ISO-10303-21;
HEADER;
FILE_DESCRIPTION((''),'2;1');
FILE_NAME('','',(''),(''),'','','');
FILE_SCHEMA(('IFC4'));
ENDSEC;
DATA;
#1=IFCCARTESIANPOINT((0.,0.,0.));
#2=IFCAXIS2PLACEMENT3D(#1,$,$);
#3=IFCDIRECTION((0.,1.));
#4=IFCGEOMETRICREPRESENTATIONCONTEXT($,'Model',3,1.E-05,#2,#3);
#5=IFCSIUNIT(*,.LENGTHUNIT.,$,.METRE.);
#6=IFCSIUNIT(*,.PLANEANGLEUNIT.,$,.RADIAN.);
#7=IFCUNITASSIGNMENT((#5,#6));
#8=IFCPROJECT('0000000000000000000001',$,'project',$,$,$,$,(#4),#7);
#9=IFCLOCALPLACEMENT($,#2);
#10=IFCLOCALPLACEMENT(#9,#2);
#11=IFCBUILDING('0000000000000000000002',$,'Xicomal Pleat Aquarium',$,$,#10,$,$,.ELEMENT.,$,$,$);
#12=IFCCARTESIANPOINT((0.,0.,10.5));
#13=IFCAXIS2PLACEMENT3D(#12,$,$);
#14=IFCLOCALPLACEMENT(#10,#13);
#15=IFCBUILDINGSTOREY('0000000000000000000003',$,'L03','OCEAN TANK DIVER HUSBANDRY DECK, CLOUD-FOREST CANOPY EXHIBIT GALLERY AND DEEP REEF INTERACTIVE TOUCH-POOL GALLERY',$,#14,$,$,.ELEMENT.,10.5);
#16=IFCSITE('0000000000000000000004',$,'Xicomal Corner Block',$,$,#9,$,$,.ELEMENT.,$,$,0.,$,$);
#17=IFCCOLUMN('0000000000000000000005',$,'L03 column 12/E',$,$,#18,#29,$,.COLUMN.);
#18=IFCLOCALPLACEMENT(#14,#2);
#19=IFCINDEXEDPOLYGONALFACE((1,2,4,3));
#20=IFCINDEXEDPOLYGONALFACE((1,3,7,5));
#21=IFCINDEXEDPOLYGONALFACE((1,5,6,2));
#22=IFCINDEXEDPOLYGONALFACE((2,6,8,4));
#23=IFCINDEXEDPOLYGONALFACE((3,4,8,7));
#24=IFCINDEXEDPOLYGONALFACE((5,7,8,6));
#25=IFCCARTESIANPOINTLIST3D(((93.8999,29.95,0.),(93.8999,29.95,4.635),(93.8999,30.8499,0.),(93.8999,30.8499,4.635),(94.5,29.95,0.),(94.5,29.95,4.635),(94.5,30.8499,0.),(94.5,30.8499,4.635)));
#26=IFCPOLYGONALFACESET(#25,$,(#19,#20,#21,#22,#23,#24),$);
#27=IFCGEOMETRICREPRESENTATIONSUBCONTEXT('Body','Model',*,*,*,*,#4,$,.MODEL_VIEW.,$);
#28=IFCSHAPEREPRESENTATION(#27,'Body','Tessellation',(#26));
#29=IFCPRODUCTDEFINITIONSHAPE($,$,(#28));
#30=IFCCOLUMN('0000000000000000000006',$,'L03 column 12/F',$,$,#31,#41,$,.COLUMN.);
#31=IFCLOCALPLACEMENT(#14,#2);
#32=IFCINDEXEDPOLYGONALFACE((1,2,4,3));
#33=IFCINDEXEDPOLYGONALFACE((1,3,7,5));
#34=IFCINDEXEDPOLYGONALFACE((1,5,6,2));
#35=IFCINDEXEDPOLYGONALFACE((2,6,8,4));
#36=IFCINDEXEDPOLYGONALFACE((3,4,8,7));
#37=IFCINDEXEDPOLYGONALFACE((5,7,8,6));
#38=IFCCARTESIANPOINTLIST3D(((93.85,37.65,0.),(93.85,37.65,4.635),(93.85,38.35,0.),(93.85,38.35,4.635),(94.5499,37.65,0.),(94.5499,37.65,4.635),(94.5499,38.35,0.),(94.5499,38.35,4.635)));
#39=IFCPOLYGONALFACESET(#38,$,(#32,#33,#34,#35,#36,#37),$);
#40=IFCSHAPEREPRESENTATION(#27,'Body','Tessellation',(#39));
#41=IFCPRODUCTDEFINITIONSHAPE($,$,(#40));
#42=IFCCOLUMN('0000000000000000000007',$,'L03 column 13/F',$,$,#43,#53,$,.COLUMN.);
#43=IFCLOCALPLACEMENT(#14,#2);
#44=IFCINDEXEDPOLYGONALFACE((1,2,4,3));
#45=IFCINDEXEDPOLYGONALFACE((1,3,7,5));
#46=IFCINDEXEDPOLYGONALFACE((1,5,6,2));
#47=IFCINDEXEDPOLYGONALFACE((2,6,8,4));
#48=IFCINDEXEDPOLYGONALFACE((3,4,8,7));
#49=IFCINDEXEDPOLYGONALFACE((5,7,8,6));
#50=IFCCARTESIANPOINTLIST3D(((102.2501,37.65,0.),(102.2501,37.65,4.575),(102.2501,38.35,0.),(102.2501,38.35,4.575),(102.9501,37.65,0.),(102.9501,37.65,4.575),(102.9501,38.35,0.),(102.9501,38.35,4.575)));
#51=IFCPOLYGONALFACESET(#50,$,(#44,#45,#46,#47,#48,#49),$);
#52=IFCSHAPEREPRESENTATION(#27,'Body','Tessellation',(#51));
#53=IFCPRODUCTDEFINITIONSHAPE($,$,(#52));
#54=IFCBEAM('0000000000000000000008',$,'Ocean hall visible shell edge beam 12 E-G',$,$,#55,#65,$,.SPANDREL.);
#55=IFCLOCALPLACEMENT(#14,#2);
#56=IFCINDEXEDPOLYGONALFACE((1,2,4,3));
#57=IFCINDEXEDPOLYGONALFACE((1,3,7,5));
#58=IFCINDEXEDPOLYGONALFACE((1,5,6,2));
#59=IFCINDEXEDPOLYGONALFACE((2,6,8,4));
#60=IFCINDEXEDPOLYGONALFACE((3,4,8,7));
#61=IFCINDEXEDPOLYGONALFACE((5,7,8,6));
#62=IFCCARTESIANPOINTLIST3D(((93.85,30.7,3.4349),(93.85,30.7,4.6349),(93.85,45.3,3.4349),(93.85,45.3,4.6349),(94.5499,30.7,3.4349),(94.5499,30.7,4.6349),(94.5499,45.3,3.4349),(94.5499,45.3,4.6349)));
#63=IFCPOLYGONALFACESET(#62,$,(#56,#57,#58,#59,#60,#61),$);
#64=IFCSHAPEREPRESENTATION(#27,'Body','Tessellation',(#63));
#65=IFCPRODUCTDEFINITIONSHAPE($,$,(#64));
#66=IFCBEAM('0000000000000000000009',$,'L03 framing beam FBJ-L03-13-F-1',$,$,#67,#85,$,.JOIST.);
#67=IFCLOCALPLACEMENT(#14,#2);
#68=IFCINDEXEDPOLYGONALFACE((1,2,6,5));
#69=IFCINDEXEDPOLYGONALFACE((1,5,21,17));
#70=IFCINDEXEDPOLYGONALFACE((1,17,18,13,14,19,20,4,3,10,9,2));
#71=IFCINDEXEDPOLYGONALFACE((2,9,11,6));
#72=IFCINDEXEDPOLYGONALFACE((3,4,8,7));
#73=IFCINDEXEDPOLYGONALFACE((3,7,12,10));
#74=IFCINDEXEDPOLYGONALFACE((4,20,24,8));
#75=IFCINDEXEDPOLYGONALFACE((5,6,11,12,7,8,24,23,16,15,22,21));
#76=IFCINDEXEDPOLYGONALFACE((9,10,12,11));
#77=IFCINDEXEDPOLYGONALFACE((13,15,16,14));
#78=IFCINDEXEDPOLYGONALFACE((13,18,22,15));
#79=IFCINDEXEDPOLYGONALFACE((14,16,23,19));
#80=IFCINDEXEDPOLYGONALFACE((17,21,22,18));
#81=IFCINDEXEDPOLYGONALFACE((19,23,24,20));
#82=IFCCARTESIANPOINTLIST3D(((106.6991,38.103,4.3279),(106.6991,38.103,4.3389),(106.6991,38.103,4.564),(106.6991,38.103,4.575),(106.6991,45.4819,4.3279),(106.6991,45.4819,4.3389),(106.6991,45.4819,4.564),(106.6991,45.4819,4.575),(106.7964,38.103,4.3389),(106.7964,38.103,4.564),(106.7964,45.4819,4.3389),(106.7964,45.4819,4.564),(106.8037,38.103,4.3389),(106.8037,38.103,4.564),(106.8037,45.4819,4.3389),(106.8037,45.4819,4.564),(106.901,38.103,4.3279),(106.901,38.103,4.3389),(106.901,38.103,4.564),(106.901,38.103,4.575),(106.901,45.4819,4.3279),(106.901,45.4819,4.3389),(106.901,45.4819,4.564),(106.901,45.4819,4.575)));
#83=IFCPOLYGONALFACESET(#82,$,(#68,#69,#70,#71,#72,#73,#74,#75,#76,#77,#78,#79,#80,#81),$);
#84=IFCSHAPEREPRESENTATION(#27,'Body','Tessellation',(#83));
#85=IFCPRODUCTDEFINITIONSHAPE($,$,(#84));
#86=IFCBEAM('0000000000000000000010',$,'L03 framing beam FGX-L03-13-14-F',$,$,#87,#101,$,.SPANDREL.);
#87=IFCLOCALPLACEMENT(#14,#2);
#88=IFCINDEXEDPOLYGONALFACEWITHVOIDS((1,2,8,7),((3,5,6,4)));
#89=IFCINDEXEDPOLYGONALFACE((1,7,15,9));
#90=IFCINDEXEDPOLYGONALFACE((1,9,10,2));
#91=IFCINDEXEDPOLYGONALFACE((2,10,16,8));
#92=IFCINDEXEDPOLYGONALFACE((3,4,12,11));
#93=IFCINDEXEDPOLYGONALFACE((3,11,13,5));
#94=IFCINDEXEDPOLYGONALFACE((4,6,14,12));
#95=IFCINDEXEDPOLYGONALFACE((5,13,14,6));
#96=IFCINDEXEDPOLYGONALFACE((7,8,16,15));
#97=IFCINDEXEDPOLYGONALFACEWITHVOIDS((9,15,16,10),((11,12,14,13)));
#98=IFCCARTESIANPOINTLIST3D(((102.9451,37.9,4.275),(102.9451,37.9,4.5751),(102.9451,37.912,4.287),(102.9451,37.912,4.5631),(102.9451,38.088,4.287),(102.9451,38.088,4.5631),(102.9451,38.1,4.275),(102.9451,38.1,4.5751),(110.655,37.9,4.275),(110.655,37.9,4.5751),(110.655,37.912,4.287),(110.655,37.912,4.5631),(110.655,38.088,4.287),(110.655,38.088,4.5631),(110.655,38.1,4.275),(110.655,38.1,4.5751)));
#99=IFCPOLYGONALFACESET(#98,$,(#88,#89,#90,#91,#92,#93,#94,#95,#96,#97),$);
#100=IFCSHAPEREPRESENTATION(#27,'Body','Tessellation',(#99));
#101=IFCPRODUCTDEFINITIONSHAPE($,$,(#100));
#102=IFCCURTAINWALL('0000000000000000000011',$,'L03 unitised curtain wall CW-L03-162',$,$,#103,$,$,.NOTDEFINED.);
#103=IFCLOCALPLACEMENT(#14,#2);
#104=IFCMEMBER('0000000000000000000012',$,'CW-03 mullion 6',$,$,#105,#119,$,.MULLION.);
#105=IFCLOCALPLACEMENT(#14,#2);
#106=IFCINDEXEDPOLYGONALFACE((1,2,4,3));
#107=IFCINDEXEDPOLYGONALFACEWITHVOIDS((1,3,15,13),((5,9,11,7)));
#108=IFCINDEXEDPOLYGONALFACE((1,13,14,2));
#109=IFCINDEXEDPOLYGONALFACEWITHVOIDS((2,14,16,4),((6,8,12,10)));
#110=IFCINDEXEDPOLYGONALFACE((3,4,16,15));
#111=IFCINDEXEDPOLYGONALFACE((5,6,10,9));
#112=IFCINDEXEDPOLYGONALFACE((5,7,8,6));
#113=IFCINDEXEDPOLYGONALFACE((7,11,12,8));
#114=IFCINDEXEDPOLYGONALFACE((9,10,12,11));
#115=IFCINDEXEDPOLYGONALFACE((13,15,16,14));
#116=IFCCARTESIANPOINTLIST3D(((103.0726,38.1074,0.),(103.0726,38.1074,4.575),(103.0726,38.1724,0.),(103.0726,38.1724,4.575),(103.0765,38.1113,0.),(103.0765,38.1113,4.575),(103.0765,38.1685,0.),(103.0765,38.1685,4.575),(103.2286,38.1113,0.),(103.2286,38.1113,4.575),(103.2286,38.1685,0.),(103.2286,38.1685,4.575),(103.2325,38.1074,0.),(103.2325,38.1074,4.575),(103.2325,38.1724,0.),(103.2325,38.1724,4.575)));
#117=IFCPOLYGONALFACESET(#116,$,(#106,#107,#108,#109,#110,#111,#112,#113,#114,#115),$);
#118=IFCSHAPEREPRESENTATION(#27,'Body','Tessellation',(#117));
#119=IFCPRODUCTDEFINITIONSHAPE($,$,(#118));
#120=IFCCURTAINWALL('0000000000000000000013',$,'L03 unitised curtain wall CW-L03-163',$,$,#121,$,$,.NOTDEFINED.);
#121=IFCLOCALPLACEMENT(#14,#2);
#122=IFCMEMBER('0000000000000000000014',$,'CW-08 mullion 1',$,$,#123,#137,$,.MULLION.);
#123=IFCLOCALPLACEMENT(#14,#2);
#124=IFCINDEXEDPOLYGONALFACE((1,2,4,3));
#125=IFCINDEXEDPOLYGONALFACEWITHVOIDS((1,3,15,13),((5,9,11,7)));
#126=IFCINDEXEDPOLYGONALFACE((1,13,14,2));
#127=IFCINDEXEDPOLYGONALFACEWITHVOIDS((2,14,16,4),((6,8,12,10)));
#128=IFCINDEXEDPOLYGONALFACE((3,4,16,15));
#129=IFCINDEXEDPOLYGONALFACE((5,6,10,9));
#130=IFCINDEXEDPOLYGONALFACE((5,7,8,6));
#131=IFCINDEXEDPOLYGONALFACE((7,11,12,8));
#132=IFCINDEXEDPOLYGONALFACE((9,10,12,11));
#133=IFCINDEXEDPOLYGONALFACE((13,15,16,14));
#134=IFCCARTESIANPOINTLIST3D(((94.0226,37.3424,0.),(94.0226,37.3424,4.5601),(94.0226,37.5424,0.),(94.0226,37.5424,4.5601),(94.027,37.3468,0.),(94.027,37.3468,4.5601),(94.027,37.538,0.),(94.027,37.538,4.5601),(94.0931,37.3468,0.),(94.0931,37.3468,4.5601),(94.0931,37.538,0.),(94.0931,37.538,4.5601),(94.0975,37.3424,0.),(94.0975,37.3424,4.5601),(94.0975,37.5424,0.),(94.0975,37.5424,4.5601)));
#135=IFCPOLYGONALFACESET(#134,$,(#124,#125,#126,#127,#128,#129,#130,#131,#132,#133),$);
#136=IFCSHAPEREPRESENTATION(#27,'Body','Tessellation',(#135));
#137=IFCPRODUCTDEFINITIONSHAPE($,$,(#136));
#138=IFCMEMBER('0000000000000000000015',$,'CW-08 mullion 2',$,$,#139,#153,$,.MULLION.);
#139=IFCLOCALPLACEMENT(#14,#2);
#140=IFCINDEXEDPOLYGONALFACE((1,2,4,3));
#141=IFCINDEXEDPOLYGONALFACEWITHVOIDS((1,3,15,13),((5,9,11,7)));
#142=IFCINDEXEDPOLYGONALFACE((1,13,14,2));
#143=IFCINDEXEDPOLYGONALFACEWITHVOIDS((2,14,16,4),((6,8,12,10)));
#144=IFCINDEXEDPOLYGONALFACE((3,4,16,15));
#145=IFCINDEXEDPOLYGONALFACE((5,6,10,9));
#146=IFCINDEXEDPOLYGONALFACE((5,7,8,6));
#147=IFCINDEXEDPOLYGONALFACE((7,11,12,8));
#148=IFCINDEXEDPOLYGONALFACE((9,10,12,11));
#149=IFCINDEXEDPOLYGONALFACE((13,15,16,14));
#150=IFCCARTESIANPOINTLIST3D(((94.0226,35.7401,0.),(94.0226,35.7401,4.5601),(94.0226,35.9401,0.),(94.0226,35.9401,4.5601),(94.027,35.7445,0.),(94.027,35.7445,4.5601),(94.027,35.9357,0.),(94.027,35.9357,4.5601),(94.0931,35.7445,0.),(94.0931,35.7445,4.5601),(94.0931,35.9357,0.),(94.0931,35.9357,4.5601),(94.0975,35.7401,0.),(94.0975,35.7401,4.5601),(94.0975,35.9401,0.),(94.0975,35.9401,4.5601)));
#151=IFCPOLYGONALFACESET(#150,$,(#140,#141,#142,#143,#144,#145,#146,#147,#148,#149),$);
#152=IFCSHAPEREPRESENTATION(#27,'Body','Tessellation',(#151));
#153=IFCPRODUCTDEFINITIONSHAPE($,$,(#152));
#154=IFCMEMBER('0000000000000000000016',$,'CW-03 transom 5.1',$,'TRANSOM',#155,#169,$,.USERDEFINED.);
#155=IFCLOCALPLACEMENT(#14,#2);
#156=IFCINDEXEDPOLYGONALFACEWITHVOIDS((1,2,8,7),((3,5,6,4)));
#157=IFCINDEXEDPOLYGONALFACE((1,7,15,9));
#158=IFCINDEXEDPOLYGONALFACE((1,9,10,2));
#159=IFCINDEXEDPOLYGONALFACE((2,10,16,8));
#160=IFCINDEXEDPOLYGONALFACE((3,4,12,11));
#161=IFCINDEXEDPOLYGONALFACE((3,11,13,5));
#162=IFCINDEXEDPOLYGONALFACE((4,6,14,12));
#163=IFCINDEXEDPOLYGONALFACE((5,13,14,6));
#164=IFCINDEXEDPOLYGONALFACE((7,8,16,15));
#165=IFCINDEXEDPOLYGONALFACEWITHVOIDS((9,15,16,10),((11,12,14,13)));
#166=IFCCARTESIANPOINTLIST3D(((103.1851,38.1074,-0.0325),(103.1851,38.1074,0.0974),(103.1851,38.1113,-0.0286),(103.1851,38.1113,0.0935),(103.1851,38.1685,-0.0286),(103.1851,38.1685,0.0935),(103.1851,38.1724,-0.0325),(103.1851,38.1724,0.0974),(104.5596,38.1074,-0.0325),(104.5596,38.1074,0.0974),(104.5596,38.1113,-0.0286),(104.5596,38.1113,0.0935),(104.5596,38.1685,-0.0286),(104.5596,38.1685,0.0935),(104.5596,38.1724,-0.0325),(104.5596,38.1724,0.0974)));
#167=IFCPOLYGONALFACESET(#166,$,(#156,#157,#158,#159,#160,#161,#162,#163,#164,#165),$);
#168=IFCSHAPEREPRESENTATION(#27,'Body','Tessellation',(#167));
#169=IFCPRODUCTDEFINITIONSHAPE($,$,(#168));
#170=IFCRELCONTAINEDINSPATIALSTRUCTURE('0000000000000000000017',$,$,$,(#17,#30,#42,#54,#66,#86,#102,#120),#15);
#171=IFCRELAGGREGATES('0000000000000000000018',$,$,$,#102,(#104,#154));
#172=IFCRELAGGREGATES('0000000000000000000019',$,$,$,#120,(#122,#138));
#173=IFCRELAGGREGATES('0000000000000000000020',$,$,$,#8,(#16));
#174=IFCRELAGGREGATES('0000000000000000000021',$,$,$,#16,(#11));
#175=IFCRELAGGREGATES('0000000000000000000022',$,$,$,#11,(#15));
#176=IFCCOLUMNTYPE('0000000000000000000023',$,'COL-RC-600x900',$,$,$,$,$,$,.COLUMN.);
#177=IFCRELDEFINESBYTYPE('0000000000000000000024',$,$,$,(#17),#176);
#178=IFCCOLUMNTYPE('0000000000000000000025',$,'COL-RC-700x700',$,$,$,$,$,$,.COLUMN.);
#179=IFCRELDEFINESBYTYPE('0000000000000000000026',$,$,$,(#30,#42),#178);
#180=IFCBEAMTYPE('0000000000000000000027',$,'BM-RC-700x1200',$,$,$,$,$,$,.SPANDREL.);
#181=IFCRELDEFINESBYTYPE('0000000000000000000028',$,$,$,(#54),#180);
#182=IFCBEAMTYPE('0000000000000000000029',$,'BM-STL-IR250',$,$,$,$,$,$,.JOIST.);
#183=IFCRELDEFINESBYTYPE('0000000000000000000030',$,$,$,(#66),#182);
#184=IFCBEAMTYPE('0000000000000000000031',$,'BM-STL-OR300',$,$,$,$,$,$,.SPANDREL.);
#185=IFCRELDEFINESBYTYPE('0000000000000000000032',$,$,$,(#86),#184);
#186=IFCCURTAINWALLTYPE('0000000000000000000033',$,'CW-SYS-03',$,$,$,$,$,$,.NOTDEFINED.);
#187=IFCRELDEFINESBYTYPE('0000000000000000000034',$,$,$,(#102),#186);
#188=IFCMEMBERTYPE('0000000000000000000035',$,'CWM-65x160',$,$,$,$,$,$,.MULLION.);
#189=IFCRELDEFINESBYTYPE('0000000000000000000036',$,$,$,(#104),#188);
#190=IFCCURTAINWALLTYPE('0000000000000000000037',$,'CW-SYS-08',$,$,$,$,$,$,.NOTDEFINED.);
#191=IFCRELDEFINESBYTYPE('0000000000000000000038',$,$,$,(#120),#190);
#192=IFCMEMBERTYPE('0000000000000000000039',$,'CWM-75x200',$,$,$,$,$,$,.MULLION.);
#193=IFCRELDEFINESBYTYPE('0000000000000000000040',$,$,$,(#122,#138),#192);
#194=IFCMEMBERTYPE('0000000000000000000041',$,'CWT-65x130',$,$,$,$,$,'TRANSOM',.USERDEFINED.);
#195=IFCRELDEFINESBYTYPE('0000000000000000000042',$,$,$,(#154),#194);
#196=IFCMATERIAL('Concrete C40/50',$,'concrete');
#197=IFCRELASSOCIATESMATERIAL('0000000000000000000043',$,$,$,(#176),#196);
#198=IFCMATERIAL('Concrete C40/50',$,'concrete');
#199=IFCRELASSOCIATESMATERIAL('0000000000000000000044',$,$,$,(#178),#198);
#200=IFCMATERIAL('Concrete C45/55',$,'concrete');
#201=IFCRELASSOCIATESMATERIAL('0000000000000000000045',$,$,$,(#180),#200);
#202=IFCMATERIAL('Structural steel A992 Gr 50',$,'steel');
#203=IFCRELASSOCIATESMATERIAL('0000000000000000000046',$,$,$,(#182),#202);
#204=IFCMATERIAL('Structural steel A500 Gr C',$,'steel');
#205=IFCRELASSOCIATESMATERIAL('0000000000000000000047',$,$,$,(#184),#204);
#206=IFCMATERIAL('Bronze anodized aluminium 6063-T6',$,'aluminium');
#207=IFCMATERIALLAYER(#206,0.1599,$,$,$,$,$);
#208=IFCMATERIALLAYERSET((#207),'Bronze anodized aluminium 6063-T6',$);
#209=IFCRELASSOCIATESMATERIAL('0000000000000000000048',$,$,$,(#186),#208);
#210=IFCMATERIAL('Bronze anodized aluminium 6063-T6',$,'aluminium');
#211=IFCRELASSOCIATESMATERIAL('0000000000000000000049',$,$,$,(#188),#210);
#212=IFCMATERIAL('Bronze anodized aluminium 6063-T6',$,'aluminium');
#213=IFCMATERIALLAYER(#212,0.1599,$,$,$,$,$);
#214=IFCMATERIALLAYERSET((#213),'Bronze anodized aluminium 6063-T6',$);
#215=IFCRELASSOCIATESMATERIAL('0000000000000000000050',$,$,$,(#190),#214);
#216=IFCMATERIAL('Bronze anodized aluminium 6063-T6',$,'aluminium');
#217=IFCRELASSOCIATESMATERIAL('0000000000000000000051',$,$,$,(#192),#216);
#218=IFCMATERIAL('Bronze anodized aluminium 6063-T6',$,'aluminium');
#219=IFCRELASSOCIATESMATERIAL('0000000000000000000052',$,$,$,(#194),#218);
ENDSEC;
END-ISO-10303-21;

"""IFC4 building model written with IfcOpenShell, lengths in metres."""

from ifc_helpers import new_model, si_unit, direction, frame, origin, origin_2d, place, context, subcontext, project, spatial, rectangle, hollow_rectangle, i_section, extrude, material, layer, layer_set, material_profile, profile_set, type_object, element, aggregate, save


model = new_model("IFC4")

# Units and contexts
model_context = context("Model", 3, precision=1e-05, world=origin(), true_north=direction((0.0, 1.0)))
body_context = subcontext(model_context, "Body", "Model", "MODEL_VIEW")
ifc_project = project(units=[si_unit("LENGTHUNIT", "METRE"), si_unit("PLANEANGLEUNIT", "RADIAN")], contexts=[model_context])

# Site, building, storey
site_placement = place(None, origin())
site = spatial("IfcSite", under=ifc_project, at=site_placement, Name="Xicomal Corner Block", CompositionType="ELEMENT", RefElevation=0.0)
building_placement = place(site_placement, origin())
building = spatial("IfcBuilding", under=site, at=building_placement, Name="Xicomal Pleat Aquarium", CompositionType="ELEMENT")
storey_placement = place(building_placement, frame((0.0, 0.0, 10.5)))
storey = spatial("IfcBuildingStorey", under=building, at=storey_placement, Name="L03", Description="OCEAN TANK DIVER HUSBANDRY DECK, CLOUD-FOREST CANOPY EXHIBIT GALLERY AND DEEP REEF INTERACTIVE TOUCH-POOL GALLERY", CompositionType="ELEMENT", Elevation=10.5)

# Columns
ifc_material_1 = material(Name="Concrete C40/50", Category="concrete")
ifc_material_profile_1 = material_profile(ifc_material_1, rectangle(XDim=0.6001, YDim=0.8999, at=origin_2d()), Name="RC 600x900")
ifc_profile_set_1 = profile_set([ifc_material_profile_1], Name="Concrete C40/50")
column_type_1 = type_object("IfcColumnType", Name="COL-RC-600x900", PredefinedType="COLUMN", material=ifc_profile_set_1)
column_1_placement = place(storey_placement, frame((94.2, 30.3999, 0.0), z_axis=(0.0, 0.0, 1.0), x_axis=(1.0, 0.0, 0.0)))
element("IfcColumn", 1, at=column_1_placement, inside=storey, type_object=column_type_1, Name="L03 column 12/E", PredefinedType="COLUMN", context=body_context, shape_type="SweptSolid", body=[
    extrude(rectangle(XDim=0.6001, YDim=0.8999, at=origin_2d()), origin(), (0.0, 0.0, 1.0), 4.635),
])
ifc_material_2 = material(Name="Concrete C40/50", Category="concrete")
ifc_material_profile_2 = material_profile(ifc_material_2, rectangle(XDim=0.7, YDim=0.7, at=origin_2d()), Name="RC 700x700")
ifc_profile_set_2 = profile_set([ifc_material_profile_2], Name="Concrete C40/50")
column_type_2 = type_object("IfcColumnType", Name="COL-RC-700x700", PredefinedType="COLUMN", material=ifc_profile_set_2)
column_2_placement = place(storey_placement, frame((94.2, 38.0, 0.0), z_axis=(0.0, 0.0, 1.0), x_axis=(1.0, 0.0, 0.0)))
element("IfcColumn", 2, at=column_2_placement, inside=storey, type_object=column_type_2, Name="L03 column 12/F", PredefinedType="COLUMN", context=body_context, shape_type="SweptSolid", body=[
    extrude(rectangle(XDim=0.7, YDim=0.7, at=origin_2d()), origin(), (0.0, 0.0, 1.0), 4.635),
])
column_3_placement = place(storey_placement, frame((102.6001, 38.0, 0.0), z_axis=(0.0, 0.0, 1.0), x_axis=(1.0, 0.0, 0.0)))
element("IfcColumn", 3, at=column_3_placement, inside=storey, type_object=column_type_2, Name="L03 column 13/F", PredefinedType="COLUMN", context=body_context, shape_type="SweptSolid", body=[
    extrude(rectangle(XDim=0.7, YDim=0.7, at=origin_2d()), origin(), (0.0, 0.0, 1.0), 4.575),
])

# Beams
ifc_material_3 = material(Name="Concrete C45/55", Category="concrete")
ifc_material_profile_3 = material_profile(ifc_material_3, rectangle(XDim=0.7, YDim=1.2, at=origin_2d()), Name="RC 700x1200")
ifc_profile_set_3 = profile_set([ifc_material_profile_3], Name="Concrete C45/55")
beam_type_1 = type_object("IfcBeamType", Name="BM-RC-700x1200", PredefinedType="SPANDREL", material=ifc_profile_set_3)
beam_1_placement = place(storey_placement, frame((94.2, 30.7, 4.0349), z_axis=(0.0, 1.0, 0.0), x_axis=(-1.0, 0.0, 0.0)))
element("IfcBeam", 4, at=beam_1_placement, inside=storey, type_object=beam_type_1, Name="Ocean hall visible shell edge beam 12 E-G", PredefinedType="SPANDREL", context=body_context, shape_type="SweptSolid", body=[
    extrude(rectangle(XDim=0.7, YDim=1.2, at=origin_2d()), origin(), (0.0, 0.0, 1.0), 14.6001),
])
ifc_material_4 = material(Name="Structural steel A992 Gr 50", Category="steel")
ifc_material_profile_4 = material_profile(ifc_material_4, i_section(OverallWidth=0.2019, OverallDepth=0.2471, WebThickness=0.0073, FlangeThickness=0.011, at=origin_2d()), Name="IR 250x49")
ifc_profile_set_4 = profile_set([ifc_material_profile_4], Name="Structural steel A992 Gr 50")
beam_type_2 = type_object("IfcBeamType", Name="BM-STL-IR250", PredefinedType="JOIST", material=ifc_profile_set_4)
beam_2_placement = place(storey_placement, frame((106.8, 38.103, 4.4514), z_axis=(0.0, 1.0, 0.0), x_axis=(-1.0, 0.0, 0.0)))
element("IfcBeam", 5, at=beam_2_placement, inside=storey, type_object=beam_type_2, Name="L03 framing beam FBJ-L03-13-F-1", PredefinedType="JOIST", context=body_context, shape_type="SweptSolid", body=[
    extrude(i_section(OverallWidth=0.2019, OverallDepth=0.2471, WebThickness=0.0073, FlangeThickness=0.011, at=origin_2d()), origin(), (0.0, 0.0, 1.0), 7.3789),
])
ifc_material_5 = material(Name="Structural steel A500 Gr C", Category="steel")
ifc_material_profile_5 = material_profile(ifc_material_5, hollow_rectangle(XDim=0.2, YDim=0.3, WallThickness=0.012, at=origin_2d()), Name="OR 300x200x12")
ifc_profile_set_5 = profile_set([ifc_material_profile_5], Name="Structural steel A500 Gr C")
beam_type_3 = type_object("IfcBeamType", Name="BM-STL-OR300", PredefinedType="SPANDREL", material=ifc_profile_set_5)
beam_3_placement = place(storey_placement, frame((102.9451, 38.0, 4.425), z_axis=(1.0, 0.0, 0.0), x_axis=(0.0, 1.0, 0.0)))
element("IfcBeam", 6, at=beam_3_placement, inside=storey, type_object=beam_type_3, Name="L03 framing beam FGX-L03-13-14-F", PredefinedType="SPANDREL", context=body_context, shape_type="SweptSolid", body=[
    extrude(hollow_rectangle(XDim=0.2, YDim=0.3, WallThickness=0.012, at=origin_2d()), origin(), (0.0, 0.0, 1.0), 7.71),
])

# Curtain wall, member
ifc_material_6 = material(Name="Bronze anodized aluminium 6063-T6", Category="aluminium")
ifc_layer_1 = layer(ifc_material_6, 0.1599)
ifc_layer_set_1 = layer_set([ifc_layer_1], Name="Bronze anodized aluminium 6063-T6")
curtain_wall_type_1 = type_object("IfcCurtainWallType", Name="CW-SYS-03", PredefinedType="NOTDEFINED", material=ifc_layer_set_1)
curtain_wall_1_placement = place(storey_placement, origin())
curtain_wall_1 = element("IfcCurtainWall", 7, at=curtain_wall_1_placement, inside=storey, type_object=curtain_wall_type_1, Name="L03 unitised curtain wall CW-L03-162", PredefinedType="NOTDEFINED")
ifc_material_7 = material(Name="Bronze anodized aluminium 6063-T6", Category="aluminium")
ifc_material_profile_6 = material_profile(ifc_material_7, hollow_rectangle(XDim=0.0649, YDim=0.1599, WallThickness=0.0039, at=origin_2d()), Name="ALU MULL 65x160")
ifc_profile_set_6 = profile_set([ifc_material_profile_6], Name="Bronze anodized aluminium 6063-T6")
member_type_1 = type_object("IfcMemberType", Name="CWM-65x160", PredefinedType="MULLION", material=ifc_profile_set_6)
member_1_placement = place(storey_placement, frame((103.1526, 38.1399, 0.0), z_axis=(0.0, 0.0, 1.0), x_axis=(0.0, -1.0, 0.0)))
member_1 = element("IfcMember", 8, at=member_1_placement, type_object=member_type_1, Name="CW-03 mullion 6", PredefinedType="MULLION", context=body_context, shape_type="SweptSolid", body=[
    extrude(hollow_rectangle(XDim=0.0649, YDim=0.1599, WallThickness=0.0039, at=origin_2d()), origin(), (0.0, 0.0, 1.0), 4.575),
])

# Curtain wall, members
ifc_material_8 = material(Name="Bronze anodized aluminium 6063-T6", Category="aluminium")
ifc_layer_2 = layer(ifc_material_8, 0.1599)
ifc_layer_set_2 = layer_set([ifc_layer_2], Name="Bronze anodized aluminium 6063-T6")
curtain_wall_type_2 = type_object("IfcCurtainWallType", Name="CW-SYS-08", PredefinedType="NOTDEFINED", material=ifc_layer_set_2)
curtain_wall_2_placement = place(storey_placement, origin())
curtain_wall_2 = element("IfcCurtainWall", 9, at=curtain_wall_2_placement, inside=storey, type_object=curtain_wall_type_2, Name="L03 unitised curtain wall CW-L03-163", PredefinedType="NOTDEFINED")
ifc_material_9 = material(Name="Bronze anodized aluminium 6063-T6", Category="aluminium")
ifc_material_profile_7 = material_profile(ifc_material_9, hollow_rectangle(XDim=0.075, YDim=0.2, WallThickness=0.0044, at=origin_2d()), Name="ALU MULL 75x200")
ifc_profile_set_7 = profile_set([ifc_material_profile_7], Name="Bronze anodized aluminium 6063-T6")
member_type_2 = type_object("IfcMemberType", Name="CWM-75x200", PredefinedType="MULLION", material=ifc_profile_set_7)
member_2_placement = place(storey_placement, frame((94.0601, 37.4424, 0.0), z_axis=(0.0, 0.0, 1.0), x_axis=(1.0, 0.0, 0.0)))
member_2 = element("IfcMember", 10, at=member_2_placement, type_object=member_type_2, Name="CW-08 mullion 1", PredefinedType="MULLION", context=body_context, shape_type="SweptSolid", body=[
    extrude(hollow_rectangle(XDim=0.075, YDim=0.2, WallThickness=0.0044, at=origin_2d()), origin(), (0.0, 0.0, 1.0), 4.5601),
])
member_3_placement = place(storey_placement, frame((94.0601, 35.8401, 0.0), z_axis=(0.0, 0.0, 1.0), x_axis=(1.0, 0.0, 0.0)))
member_3 = element("IfcMember", 11, at=member_3_placement, type_object=member_type_2, Name="CW-08 mullion 2", PredefinedType="MULLION", context=body_context, shape_type="SweptSolid", body=[
    extrude(hollow_rectangle(XDim=0.075, YDim=0.2, WallThickness=0.0044, at=origin_2d()), origin(), (0.0, 0.0, 1.0), 4.5601),
])

# Member
ifc_material_10 = material(Name="Bronze anodized aluminium 6063-T6", Category="aluminium")
ifc_material_profile_8 = material_profile(ifc_material_10, hollow_rectangle(XDim=0.0649, YDim=0.1299, WallThickness=0.0039, at=origin_2d()), Name="ALU TRAN 65x130")
ifc_profile_set_8 = profile_set([ifc_material_profile_8], Name="Bronze anodized aluminium 6063-T6")
member_type_3 = type_object("IfcMemberType", Name="CWT-65x130", ElementType="TRANSOM", PredefinedType="USERDEFINED", material=ifc_profile_set_8)
member_4_placement = place(storey_placement, frame((104.5596, 38.1399, 0.0325), z_axis=(-1.0, 0.0, 0.0), x_axis=(0.0, -1.0, 0.0)))
member_4 = element("IfcMember", 12, at=member_4_placement, type_object=member_type_3, Name="CW-03 transom 5.1", ObjectType="TRANSOM", PredefinedType="USERDEFINED", context=body_context, shape_type="SweptSolid", body=[
    extrude(hollow_rectangle(XDim=0.0649, YDim=0.1299, WallThickness=0.0039, at=origin_2d()), origin(), (0.0, 0.0, 1.0), 1.3745),
])

aggregate(curtain_wall_1, [member_1, member_4])
aggregate(curtain_wall_2, [member_2, member_3])

save(model, "model.ifc")
